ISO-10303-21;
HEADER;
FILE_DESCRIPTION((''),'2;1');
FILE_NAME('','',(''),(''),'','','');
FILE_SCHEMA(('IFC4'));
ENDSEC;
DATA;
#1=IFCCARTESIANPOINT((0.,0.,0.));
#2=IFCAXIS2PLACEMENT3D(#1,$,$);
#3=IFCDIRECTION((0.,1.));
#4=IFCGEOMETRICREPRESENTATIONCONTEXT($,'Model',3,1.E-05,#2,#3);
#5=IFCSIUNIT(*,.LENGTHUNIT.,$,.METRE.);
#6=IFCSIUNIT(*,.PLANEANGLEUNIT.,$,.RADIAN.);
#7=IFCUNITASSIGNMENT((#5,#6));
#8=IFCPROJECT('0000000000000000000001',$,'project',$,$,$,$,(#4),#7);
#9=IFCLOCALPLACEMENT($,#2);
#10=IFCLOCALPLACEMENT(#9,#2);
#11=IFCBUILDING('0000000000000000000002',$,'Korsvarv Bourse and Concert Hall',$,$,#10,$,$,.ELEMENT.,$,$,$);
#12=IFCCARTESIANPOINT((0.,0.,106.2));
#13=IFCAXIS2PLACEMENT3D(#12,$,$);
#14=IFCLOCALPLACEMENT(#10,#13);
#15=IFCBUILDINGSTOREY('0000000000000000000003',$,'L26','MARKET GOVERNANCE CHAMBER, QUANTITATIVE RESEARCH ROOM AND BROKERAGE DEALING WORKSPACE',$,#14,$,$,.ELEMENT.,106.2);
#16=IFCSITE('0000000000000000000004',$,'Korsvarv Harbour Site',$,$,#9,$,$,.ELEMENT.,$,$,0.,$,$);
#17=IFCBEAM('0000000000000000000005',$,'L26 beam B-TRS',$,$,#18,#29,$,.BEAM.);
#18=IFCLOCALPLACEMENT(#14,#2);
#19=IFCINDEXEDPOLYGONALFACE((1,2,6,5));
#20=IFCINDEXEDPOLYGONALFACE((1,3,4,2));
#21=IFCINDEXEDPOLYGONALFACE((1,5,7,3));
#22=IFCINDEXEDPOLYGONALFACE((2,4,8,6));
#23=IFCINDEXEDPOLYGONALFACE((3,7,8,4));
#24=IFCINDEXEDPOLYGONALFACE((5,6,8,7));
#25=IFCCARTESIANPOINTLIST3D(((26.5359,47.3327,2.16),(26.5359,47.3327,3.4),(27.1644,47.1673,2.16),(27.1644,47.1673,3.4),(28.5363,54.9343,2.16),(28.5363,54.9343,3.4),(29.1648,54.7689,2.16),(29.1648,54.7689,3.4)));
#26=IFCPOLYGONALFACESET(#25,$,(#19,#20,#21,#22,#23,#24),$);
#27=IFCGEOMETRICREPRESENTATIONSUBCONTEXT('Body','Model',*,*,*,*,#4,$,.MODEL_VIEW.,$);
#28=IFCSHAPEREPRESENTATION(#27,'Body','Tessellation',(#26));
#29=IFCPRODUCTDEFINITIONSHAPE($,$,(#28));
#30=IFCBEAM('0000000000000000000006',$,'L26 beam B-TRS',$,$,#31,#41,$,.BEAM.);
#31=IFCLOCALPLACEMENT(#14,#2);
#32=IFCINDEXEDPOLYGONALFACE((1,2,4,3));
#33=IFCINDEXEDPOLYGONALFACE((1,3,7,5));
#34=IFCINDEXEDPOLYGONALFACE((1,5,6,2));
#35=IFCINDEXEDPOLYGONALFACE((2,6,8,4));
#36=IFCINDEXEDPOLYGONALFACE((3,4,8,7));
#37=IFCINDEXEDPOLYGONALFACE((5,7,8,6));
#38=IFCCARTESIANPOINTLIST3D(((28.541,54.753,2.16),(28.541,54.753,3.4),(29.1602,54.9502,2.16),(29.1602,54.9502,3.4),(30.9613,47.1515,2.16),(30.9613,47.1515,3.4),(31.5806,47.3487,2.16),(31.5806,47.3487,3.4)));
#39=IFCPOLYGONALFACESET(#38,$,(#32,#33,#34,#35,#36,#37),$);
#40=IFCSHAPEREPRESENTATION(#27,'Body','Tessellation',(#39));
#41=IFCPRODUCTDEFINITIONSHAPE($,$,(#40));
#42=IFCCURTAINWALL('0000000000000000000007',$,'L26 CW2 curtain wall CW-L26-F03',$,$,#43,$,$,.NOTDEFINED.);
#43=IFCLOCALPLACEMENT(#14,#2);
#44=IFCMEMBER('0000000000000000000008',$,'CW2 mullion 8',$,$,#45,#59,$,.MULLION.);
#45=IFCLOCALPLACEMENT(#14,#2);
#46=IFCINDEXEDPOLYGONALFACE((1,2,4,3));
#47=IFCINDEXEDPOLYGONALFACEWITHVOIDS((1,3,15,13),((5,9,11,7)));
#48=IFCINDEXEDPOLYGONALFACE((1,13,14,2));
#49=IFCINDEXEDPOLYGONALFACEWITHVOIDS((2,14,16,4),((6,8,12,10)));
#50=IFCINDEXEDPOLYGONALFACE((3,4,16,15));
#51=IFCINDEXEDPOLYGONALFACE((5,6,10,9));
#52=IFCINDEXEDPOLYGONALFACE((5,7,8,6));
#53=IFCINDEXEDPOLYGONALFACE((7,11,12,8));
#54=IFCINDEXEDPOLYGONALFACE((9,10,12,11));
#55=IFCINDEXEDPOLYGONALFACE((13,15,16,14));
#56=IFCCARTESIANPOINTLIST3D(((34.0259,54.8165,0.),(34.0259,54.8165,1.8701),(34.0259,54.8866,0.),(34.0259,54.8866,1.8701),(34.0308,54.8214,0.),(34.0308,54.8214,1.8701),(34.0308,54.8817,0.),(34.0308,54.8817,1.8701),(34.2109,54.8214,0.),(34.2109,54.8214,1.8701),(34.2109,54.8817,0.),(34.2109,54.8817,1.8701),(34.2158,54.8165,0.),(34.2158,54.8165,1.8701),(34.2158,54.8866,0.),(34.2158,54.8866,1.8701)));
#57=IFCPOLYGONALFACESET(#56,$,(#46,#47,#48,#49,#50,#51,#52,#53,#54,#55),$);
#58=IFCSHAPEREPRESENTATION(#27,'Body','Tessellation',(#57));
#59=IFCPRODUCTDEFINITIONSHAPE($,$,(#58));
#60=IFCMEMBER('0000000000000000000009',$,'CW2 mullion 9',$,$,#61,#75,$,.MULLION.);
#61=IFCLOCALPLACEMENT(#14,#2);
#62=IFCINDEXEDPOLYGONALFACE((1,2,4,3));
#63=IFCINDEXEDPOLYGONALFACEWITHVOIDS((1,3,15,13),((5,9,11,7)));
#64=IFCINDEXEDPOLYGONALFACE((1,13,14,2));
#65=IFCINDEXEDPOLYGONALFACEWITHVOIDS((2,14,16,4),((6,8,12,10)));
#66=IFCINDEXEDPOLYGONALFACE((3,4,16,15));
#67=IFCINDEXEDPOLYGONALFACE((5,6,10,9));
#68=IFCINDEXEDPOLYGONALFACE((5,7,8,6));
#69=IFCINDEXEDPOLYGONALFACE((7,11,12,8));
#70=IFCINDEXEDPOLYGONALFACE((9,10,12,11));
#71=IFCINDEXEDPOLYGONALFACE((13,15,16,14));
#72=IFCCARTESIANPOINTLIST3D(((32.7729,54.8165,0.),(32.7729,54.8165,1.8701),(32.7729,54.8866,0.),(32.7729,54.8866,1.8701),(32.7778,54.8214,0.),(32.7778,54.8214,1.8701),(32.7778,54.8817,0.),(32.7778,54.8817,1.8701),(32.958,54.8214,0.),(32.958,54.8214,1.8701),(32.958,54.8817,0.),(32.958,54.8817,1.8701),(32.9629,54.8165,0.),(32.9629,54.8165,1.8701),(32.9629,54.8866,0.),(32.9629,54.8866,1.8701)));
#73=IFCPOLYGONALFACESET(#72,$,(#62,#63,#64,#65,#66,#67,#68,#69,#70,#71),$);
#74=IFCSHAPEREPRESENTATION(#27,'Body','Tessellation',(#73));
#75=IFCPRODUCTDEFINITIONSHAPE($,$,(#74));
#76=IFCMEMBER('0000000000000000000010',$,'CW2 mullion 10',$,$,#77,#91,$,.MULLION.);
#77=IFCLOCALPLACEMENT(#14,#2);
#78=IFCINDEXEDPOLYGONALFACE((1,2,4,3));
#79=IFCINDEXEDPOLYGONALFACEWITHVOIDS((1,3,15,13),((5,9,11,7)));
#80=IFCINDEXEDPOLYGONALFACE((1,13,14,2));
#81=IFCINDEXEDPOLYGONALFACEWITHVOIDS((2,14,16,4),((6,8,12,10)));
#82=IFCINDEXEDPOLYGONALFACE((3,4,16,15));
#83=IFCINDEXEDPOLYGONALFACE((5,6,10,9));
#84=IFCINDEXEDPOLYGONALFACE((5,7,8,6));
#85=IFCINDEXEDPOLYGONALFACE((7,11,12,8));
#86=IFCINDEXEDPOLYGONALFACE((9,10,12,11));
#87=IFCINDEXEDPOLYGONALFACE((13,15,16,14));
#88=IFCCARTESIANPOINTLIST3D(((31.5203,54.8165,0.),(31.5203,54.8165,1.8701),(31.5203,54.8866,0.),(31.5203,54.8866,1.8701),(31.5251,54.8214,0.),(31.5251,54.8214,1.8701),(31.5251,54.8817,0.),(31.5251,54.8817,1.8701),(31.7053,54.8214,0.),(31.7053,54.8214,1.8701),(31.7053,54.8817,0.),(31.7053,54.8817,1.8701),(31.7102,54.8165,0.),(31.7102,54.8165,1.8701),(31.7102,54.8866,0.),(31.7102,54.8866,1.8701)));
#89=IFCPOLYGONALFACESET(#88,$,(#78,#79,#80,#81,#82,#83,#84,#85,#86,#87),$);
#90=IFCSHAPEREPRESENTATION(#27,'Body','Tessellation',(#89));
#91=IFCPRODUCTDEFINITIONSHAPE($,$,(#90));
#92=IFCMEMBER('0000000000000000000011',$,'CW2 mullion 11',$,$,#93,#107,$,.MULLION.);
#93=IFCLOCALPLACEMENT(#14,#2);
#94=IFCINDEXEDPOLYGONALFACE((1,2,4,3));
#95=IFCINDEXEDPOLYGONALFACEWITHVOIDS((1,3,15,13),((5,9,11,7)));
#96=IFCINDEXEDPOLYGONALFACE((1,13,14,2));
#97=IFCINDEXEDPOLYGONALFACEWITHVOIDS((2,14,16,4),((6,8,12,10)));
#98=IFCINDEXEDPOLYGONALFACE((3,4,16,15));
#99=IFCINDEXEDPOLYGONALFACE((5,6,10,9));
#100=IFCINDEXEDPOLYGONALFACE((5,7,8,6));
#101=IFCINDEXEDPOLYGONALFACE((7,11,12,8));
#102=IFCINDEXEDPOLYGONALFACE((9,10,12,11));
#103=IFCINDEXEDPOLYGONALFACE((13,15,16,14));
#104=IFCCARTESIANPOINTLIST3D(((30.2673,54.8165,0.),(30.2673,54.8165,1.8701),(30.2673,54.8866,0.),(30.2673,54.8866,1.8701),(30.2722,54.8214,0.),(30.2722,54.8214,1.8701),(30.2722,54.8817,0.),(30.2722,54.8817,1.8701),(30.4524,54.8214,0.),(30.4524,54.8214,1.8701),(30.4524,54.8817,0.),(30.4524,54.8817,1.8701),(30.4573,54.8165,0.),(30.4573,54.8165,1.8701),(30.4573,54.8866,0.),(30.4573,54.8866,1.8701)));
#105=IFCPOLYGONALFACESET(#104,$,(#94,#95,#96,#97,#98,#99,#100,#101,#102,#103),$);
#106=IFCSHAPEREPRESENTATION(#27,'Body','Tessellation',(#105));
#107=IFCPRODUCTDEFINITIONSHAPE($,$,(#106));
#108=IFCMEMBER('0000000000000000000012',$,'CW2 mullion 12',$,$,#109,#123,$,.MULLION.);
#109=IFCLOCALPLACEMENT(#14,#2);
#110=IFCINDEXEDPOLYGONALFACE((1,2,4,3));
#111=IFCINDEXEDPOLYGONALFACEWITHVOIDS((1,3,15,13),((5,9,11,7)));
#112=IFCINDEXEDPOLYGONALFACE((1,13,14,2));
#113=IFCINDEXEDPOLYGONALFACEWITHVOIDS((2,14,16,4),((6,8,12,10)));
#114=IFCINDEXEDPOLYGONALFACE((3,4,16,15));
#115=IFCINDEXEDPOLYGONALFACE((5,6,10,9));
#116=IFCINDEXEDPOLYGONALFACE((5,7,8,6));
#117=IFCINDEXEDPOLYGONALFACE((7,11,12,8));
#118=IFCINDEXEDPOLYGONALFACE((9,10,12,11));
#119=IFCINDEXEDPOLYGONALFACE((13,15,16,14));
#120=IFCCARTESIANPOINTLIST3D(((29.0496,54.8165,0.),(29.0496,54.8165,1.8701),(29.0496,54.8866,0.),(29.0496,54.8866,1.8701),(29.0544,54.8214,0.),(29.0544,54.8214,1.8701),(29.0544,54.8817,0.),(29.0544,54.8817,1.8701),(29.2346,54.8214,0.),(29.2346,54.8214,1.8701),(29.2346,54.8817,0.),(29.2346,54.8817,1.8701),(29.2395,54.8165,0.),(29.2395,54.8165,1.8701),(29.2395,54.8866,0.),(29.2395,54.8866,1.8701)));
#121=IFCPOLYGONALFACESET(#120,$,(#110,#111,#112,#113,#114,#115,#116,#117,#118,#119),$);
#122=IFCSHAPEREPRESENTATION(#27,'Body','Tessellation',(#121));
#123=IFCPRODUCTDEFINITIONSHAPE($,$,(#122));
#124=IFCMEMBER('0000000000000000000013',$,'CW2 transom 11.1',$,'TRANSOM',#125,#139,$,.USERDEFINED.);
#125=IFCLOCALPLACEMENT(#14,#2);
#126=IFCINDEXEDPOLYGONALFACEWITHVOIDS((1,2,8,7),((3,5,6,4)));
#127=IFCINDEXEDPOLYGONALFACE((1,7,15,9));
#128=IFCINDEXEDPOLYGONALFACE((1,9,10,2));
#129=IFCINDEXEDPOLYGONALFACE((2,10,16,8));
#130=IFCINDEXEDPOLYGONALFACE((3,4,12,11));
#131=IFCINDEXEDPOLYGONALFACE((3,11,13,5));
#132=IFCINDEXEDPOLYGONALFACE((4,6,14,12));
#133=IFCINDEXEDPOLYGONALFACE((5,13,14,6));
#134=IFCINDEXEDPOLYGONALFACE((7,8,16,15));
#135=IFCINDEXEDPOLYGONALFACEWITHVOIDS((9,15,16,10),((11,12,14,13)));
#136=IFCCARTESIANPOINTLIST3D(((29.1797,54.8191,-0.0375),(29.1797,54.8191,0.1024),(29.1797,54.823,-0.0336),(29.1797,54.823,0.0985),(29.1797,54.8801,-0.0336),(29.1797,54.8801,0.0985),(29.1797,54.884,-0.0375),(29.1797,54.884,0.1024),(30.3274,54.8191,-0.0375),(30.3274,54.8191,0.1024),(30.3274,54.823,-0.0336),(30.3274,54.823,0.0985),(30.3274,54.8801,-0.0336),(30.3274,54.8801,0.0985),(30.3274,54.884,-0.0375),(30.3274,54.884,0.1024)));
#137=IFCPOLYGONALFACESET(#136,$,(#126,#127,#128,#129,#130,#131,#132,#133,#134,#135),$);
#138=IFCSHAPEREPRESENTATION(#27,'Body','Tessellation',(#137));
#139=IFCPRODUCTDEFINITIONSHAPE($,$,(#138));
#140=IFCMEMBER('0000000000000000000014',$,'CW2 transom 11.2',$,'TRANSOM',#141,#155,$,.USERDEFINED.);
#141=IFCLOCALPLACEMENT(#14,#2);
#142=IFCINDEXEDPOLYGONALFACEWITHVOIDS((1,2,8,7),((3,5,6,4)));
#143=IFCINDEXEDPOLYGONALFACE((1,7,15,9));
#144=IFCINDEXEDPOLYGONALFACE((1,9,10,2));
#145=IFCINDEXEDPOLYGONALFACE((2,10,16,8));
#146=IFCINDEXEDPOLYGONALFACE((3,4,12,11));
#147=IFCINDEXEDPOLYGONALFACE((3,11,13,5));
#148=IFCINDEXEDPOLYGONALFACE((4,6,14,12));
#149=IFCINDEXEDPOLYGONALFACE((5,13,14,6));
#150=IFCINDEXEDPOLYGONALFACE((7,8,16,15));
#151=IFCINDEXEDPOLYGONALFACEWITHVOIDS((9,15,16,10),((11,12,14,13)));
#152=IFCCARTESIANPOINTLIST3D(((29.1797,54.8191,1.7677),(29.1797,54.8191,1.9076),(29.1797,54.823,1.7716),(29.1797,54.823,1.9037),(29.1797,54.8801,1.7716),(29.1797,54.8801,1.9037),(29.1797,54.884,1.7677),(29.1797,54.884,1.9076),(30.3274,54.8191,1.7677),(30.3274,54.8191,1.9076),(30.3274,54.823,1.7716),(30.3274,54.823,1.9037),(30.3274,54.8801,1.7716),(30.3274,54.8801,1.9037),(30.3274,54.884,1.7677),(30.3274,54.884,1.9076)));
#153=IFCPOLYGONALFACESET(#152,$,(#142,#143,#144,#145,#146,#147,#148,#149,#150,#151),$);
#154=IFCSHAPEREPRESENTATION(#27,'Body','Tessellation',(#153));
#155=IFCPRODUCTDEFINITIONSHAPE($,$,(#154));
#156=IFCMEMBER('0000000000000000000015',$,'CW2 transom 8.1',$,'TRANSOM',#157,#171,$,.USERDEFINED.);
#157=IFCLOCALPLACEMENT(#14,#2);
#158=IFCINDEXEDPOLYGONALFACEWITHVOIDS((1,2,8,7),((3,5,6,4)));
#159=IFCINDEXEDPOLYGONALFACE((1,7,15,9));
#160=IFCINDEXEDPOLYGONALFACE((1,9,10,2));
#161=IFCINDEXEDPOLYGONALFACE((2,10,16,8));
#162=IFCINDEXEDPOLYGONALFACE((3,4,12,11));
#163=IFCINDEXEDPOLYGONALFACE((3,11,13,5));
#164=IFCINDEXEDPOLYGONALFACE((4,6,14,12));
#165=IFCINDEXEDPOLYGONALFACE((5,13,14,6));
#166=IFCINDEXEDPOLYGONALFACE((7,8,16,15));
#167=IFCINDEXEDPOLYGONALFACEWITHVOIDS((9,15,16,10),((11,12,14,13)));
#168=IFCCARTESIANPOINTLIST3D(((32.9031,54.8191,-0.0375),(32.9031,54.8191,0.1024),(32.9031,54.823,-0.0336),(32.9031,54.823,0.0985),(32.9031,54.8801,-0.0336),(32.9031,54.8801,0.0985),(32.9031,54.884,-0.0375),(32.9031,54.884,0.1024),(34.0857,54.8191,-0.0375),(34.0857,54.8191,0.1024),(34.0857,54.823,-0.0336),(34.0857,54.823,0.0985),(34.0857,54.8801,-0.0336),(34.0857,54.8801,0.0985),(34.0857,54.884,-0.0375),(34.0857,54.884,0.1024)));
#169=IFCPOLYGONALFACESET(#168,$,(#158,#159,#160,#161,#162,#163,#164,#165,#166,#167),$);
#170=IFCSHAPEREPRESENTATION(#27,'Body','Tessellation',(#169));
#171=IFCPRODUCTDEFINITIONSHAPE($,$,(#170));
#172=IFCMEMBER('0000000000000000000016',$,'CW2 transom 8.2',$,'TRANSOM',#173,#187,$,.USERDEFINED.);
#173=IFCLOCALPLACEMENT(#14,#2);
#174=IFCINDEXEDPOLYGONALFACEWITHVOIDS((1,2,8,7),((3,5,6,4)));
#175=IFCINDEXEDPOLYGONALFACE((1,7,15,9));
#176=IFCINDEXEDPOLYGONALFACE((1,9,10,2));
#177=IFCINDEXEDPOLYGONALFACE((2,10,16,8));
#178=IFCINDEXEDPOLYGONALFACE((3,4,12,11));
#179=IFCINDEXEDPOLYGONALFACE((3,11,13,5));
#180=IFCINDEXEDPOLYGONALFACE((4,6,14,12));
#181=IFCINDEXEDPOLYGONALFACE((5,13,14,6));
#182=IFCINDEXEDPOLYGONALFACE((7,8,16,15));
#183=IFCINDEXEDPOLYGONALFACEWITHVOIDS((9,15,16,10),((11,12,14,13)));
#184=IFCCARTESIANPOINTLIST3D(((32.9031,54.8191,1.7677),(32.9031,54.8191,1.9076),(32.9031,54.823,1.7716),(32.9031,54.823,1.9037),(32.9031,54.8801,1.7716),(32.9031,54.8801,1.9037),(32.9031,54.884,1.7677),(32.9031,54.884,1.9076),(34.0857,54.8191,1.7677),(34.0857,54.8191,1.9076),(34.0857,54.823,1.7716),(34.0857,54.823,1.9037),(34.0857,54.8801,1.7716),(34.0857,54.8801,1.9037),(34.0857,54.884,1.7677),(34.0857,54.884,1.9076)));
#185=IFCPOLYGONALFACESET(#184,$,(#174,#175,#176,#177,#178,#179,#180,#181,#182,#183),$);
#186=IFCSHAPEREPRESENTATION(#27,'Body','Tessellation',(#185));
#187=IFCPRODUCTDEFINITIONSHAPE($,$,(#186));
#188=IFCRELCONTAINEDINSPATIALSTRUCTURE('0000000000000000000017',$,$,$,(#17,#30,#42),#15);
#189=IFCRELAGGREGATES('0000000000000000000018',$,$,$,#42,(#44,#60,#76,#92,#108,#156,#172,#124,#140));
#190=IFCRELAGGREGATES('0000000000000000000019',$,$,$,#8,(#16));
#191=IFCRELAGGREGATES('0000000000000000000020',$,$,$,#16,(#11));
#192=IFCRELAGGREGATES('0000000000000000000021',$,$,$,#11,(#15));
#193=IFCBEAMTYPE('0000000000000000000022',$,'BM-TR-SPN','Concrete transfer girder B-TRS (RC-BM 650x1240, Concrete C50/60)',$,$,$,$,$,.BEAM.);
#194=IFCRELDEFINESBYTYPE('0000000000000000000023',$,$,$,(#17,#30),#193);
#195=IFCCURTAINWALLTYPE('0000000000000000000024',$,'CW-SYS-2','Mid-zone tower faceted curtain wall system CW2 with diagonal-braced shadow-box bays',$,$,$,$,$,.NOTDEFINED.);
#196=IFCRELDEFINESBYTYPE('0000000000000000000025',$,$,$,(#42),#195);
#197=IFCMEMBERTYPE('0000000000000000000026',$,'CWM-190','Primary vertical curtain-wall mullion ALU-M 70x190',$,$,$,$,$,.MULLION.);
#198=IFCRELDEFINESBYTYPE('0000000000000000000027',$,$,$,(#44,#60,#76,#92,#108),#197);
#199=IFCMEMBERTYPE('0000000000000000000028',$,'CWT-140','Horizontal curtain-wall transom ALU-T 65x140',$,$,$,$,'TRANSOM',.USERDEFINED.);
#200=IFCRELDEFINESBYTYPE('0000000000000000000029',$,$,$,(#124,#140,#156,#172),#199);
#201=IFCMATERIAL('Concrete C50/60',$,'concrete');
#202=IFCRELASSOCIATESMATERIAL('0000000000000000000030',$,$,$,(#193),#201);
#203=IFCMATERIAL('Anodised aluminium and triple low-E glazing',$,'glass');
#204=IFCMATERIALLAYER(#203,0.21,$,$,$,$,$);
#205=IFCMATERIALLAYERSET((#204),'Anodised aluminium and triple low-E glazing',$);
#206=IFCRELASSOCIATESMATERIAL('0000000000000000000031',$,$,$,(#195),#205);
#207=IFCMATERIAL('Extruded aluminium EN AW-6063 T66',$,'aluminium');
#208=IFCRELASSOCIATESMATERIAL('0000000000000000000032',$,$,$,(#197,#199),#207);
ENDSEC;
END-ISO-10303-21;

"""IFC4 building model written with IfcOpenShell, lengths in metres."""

from ifc_helpers import new_model, si_unit, direction, frame, origin, origin_2d, place, context, subcontext, project, spatial, rectangle, hollow_rectangle, extrude, source, transform, mapped, material, layer, layer_set, material_profile, profile_set, type_object, element, aggregate, save


model = new_model("IFC4")

# Units and contexts
model_context = context("Model", 3, precision=1e-05, world=origin(), true_north=direction((0.0, 1.0)))
body_context = subcontext(model_context, "Body", "Model", "MODEL_VIEW")
ifc_project = project(units=[si_unit("LENGTHUNIT", "METRE"), si_unit("PLANEANGLEUNIT", "RADIAN")], contexts=[model_context])

# Site, building, storey
site_placement = place(None, origin())
site = spatial("IfcSite", under=ifc_project, at=site_placement, Name="Korsvarv Harbour Site", CompositionType="ELEMENT", RefElevation=0.0)
building_placement = place(site_placement, origin())
building = spatial("IfcBuilding", under=site, at=building_placement, Name="Korsvarv Bourse and Concert Hall", CompositionType="ELEMENT")
storey_placement = place(building_placement, frame((0.0, 0.0, 106.2)))
storey = spatial("IfcBuildingStorey", under=building, at=storey_placement, Name="L26", Description="MARKET GOVERNANCE CHAMBER, QUANTITATIVE RESEARCH ROOM AND BROKERAGE DEALING WORKSPACE", CompositionType="ELEMENT", Elevation=106.2)

# Beams
ifc_material_1 = material(Name="Concrete C50/60", Category="concrete")
ifc_material_profile_1 = material_profile(ifc_material_1, rectangle(XDim=0.6499, YDim=1.24, at=origin_2d()), Name="RC-BM 650x1240")
ifc_profile_set_1 = profile_set([ifc_material_profile_1], Name="Concrete C50/60")
beam_type = type_object("IfcBeamType", Name="BM-TR-SPN", Description="Concrete transfer girder B-TRS (RC-BM 650x1240, Concrete C50/60)", PredefinedType="BEAM", material=ifc_profile_set_1)
shared_shape_1 = source(origin(), body_context, "Body", "SweptSolid", [
    extrude(rectangle(XDim=0.6499, YDim=1.24, at=origin_2d()), origin(), (0.0, 0.0, 1.0), 7.8604),
])
beam_1_placement = place(storey_placement, frame((28.8506, 54.8516, 2.78), z_axis=(-0.254502, -0.967072, 0.0), x_axis=(0.967072, -0.254502, 0.0)))
element("IfcBeam", 1, at=beam_1_placement, inside=storey, type_object=beam_type, Name="L26 beam B-TRS", PredefinedType="BEAM", context=body_context, shape_type="MappedRepresentation", body=[
    mapped(shared_shape_1, transform((0.0, 0.0, 0.0), scale=1.0)),
])
shared_shape_2 = source(origin(), body_context, "Body", "SweptSolid", [
    extrude(rectangle(XDim=0.6499, YDim=1.24, at=origin_2d()), origin(), (0.0, 0.0, 1.0), 7.9775),
])
beam_2_placement = place(storey_placement, frame((28.8506, 54.8516, 2.78), z_axis=(0.303401, -0.952863, 0.0), x_axis=(0.952863, 0.303401, 0.0)))
element("IfcBeam", 2, at=beam_2_placement, inside=storey, type_object=beam_type, Name="L26 beam B-TRS", PredefinedType="BEAM", context=body_context, shape_type="MappedRepresentation", body=[
    mapped(shared_shape_2, transform((0.0, 0.0, 0.0), scale=1.0)),
])

# Curtain wall, members
ifc_material_2 = material(Name="Anodised aluminium and triple low-E glazing", Category="glass")
ifc_layer_1 = layer(ifc_material_2, 0.21)
ifc_layer_set_1 = layer_set([ifc_layer_1], Name="Anodised aluminium and triple low-E glazing")
curtain_wall_type = type_object("IfcCurtainWallType", Name="CW-SYS-2", Description="Mid-zone tower faceted curtain wall system CW2 with diagonal-braced shadow-box bays", PredefinedType="NOTDEFINED", material=ifc_layer_set_1)
curtain_wall_placement = place(storey_placement, origin())
curtain_wall = element("IfcCurtainWall", 3, at=curtain_wall_placement, inside=storey, type_object=curtain_wall_type, Name="L26 CW2 curtain wall CW-L26-F03", PredefinedType="NOTDEFINED")
ifc_material_3 = material(Name="Extruded aluminium EN AW-6063 T66", Category="aluminium")
ifc_material_profile_2 = material_profile(ifc_material_3, hollow_rectangle(XDim=0.0701, YDim=0.1899, WallThickness=0.0049, at=origin_2d()), Name="ALU-M 70x190")
ifc_profile_set_2 = profile_set([ifc_material_profile_2], Name="Extruded aluminium EN AW-6063 T66")
member_type_1 = type_object("IfcMemberType", Name="CWM-190", Description="Primary vertical curtain-wall mullion ALU-M 70x190", PredefinedType="MULLION", material=ifc_profile_set_2)
shared_shape_3 = source(origin(), body_context, "Body", "SweptSolid", [
    extrude(hollow_rectangle(XDim=0.0701, YDim=0.1899, WallThickness=0.0049, at=origin_2d()), origin(), (0.0, 0.0, 1.0), 1.8701),
])
member_1_placement = place(storey_placement, frame((34.1208, 54.8516, 0.0), z_axis=(0.0, 0.0, 1.0), x_axis=(0.0, -1.0, 0.0)))
member_1 = element("IfcMember", 4, at=member_1_placement, type_object=member_type_1, Name="CW2 mullion 8", PredefinedType="MULLION", context=body_context, shape_type="MappedRepresentation", body=[
    mapped(shared_shape_3, transform((0.0, 0.0, 0.0), scale=1.0)),
])
member_2_placement = place(storey_placement, frame((32.8679, 54.8516, 0.0), z_axis=(0.0, 0.0, 1.0), x_axis=(0.0, -1.0, 0.0)))
member_2 = element("IfcMember", 5, at=member_2_placement, type_object=member_type_1, Name="CW2 mullion 9", PredefinedType="MULLION", context=body_context, shape_type="MappedRepresentation", body=[
    mapped(shared_shape_3, transform((0.0, 0.0, 0.0), scale=1.0)),
])
member_3_placement = place(storey_placement, frame((31.6152, 54.8516, 0.0), z_axis=(0.0, 0.0, 1.0), x_axis=(0.0, -1.0, 0.0)))
member_3 = element("IfcMember", 6, at=member_3_placement, type_object=member_type_1, Name="CW2 mullion 10", PredefinedType="MULLION", context=body_context, shape_type="MappedRepresentation", body=[
    mapped(shared_shape_3, transform((0.0, 0.0, 0.0), scale=1.0)),
])
member_4_placement = place(storey_placement, frame((30.3623, 54.8516, 0.0), z_axis=(0.0, 0.0, 1.0), x_axis=(0.0, -1.0, 0.0)))
member_4 = element("IfcMember", 7, at=member_4_placement, type_object=member_type_1, Name="CW2 mullion 11", PredefinedType="MULLION", context=body_context, shape_type="MappedRepresentation", body=[
    mapped(shared_shape_3, transform((0.0, 0.0, 0.0), scale=1.0)),
])
member_5_placement = place(storey_placement, frame((29.1445, 54.8516, 0.0), z_axis=(0.0, 0.0, 1.0), x_axis=(0.0, -1.0, 0.0)))
member_5 = element("IfcMember", 8, at=member_5_placement, type_object=member_type_1, Name="CW2 mullion 12", PredefinedType="MULLION", context=body_context, shape_type="MappedRepresentation", body=[
    mapped(shared_shape_3, transform((0.0, 0.0, 0.0), scale=1.0)),
])
ifc_material_profile_3 = material_profile(ifc_material_3, hollow_rectangle(XDim=0.0649, YDim=0.1399, WallThickness=0.0039, at=origin_2d()), Name="ALU-T 65x140")
ifc_profile_set_3 = profile_set([ifc_material_profile_3], Name="Extruded aluminium EN AW-6063 T66")
member_type_2 = type_object("IfcMemberType", Name="CWT-140", Description="Horizontal curtain-wall transom ALU-T 65x140", ElementType="TRANSOM", PredefinedType="USERDEFINED", material=ifc_profile_set_3)
shared_shape_4 = source(origin(), body_context, "Body", "SweptSolid", [
    extrude(hollow_rectangle(XDim=0.0649, YDim=0.1399, WallThickness=0.0039, at=origin_2d()), origin(), (0.0, 0.0, 1.0), 1.1477),
])
member_6_placement = place(storey_placement, frame((30.3274, 54.8516, 0.0325), z_axis=(-1.0, 0.0, 0.0), x_axis=(0.0, -1.0, 0.0)))
member_6 = element("IfcMember", 9, at=member_6_placement, type_object=member_type_2, Name="CW2 transom 11.1", ObjectType="TRANSOM", PredefinedType="USERDEFINED", context=body_context, shape_type="MappedRepresentation", body=[
    mapped(shared_shape_4, transform((0.0, 0.0, 0.0), scale=1.0)),
])
member_7_placement = place(storey_placement, frame((30.3274, 54.8516, 1.8376), z_axis=(-1.0, 0.0, 0.0), x_axis=(0.0, -1.0, 0.0)))
member_7 = element("IfcMember", 10, at=member_7_placement, type_object=member_type_2, Name="CW2 transom 11.2", ObjectType="TRANSOM", PredefinedType="USERDEFINED", context=body_context, shape_type="MappedRepresentation", body=[
    mapped(shared_shape_4, transform((0.0, 0.0, 0.0), scale=1.0)),
])
shared_shape_5 = source(origin(), body_context, "Body", "SweptSolid", [
    extrude(hollow_rectangle(XDim=0.0649, YDim=0.1399, WallThickness=0.0039, at=origin_2d()), origin(), (0.0, 0.0, 1.0), 1.1826),
])
member_8_placement = place(storey_placement, frame((34.0857, 54.8516, 0.0325), z_axis=(-1.0, 0.0, 0.0), x_axis=(0.0, -1.0, 0.0)))
member_8 = element("IfcMember", 11, at=member_8_placement, type_object=member_type_2, Name="CW2 transom 8.1", ObjectType="TRANSOM", PredefinedType="USERDEFINED", context=body_context, shape_type="MappedRepresentation", body=[
    mapped(shared_shape_5, transform((0.0, 0.0, 0.0), scale=1.0)),
])
member_9_placement = place(storey_placement, frame((34.0857, 54.8516, 1.8376), z_axis=(-1.0, 0.0, 0.0), x_axis=(0.0, -1.0, 0.0)))
member_9 = element("IfcMember", 12, at=member_9_placement, type_object=member_type_2, Name="CW2 transom 8.2", ObjectType="TRANSOM", PredefinedType="USERDEFINED", context=body_context, shape_type="MappedRepresentation", body=[
    mapped(shared_shape_5, transform((0.0, 0.0, 0.0), scale=1.0)),
])
aggregate(curtain_wall, [member_1, member_2, member_3, member_4, member_5, member_8, member_9, member_6, member_7])

save(model, "model.ifc")
